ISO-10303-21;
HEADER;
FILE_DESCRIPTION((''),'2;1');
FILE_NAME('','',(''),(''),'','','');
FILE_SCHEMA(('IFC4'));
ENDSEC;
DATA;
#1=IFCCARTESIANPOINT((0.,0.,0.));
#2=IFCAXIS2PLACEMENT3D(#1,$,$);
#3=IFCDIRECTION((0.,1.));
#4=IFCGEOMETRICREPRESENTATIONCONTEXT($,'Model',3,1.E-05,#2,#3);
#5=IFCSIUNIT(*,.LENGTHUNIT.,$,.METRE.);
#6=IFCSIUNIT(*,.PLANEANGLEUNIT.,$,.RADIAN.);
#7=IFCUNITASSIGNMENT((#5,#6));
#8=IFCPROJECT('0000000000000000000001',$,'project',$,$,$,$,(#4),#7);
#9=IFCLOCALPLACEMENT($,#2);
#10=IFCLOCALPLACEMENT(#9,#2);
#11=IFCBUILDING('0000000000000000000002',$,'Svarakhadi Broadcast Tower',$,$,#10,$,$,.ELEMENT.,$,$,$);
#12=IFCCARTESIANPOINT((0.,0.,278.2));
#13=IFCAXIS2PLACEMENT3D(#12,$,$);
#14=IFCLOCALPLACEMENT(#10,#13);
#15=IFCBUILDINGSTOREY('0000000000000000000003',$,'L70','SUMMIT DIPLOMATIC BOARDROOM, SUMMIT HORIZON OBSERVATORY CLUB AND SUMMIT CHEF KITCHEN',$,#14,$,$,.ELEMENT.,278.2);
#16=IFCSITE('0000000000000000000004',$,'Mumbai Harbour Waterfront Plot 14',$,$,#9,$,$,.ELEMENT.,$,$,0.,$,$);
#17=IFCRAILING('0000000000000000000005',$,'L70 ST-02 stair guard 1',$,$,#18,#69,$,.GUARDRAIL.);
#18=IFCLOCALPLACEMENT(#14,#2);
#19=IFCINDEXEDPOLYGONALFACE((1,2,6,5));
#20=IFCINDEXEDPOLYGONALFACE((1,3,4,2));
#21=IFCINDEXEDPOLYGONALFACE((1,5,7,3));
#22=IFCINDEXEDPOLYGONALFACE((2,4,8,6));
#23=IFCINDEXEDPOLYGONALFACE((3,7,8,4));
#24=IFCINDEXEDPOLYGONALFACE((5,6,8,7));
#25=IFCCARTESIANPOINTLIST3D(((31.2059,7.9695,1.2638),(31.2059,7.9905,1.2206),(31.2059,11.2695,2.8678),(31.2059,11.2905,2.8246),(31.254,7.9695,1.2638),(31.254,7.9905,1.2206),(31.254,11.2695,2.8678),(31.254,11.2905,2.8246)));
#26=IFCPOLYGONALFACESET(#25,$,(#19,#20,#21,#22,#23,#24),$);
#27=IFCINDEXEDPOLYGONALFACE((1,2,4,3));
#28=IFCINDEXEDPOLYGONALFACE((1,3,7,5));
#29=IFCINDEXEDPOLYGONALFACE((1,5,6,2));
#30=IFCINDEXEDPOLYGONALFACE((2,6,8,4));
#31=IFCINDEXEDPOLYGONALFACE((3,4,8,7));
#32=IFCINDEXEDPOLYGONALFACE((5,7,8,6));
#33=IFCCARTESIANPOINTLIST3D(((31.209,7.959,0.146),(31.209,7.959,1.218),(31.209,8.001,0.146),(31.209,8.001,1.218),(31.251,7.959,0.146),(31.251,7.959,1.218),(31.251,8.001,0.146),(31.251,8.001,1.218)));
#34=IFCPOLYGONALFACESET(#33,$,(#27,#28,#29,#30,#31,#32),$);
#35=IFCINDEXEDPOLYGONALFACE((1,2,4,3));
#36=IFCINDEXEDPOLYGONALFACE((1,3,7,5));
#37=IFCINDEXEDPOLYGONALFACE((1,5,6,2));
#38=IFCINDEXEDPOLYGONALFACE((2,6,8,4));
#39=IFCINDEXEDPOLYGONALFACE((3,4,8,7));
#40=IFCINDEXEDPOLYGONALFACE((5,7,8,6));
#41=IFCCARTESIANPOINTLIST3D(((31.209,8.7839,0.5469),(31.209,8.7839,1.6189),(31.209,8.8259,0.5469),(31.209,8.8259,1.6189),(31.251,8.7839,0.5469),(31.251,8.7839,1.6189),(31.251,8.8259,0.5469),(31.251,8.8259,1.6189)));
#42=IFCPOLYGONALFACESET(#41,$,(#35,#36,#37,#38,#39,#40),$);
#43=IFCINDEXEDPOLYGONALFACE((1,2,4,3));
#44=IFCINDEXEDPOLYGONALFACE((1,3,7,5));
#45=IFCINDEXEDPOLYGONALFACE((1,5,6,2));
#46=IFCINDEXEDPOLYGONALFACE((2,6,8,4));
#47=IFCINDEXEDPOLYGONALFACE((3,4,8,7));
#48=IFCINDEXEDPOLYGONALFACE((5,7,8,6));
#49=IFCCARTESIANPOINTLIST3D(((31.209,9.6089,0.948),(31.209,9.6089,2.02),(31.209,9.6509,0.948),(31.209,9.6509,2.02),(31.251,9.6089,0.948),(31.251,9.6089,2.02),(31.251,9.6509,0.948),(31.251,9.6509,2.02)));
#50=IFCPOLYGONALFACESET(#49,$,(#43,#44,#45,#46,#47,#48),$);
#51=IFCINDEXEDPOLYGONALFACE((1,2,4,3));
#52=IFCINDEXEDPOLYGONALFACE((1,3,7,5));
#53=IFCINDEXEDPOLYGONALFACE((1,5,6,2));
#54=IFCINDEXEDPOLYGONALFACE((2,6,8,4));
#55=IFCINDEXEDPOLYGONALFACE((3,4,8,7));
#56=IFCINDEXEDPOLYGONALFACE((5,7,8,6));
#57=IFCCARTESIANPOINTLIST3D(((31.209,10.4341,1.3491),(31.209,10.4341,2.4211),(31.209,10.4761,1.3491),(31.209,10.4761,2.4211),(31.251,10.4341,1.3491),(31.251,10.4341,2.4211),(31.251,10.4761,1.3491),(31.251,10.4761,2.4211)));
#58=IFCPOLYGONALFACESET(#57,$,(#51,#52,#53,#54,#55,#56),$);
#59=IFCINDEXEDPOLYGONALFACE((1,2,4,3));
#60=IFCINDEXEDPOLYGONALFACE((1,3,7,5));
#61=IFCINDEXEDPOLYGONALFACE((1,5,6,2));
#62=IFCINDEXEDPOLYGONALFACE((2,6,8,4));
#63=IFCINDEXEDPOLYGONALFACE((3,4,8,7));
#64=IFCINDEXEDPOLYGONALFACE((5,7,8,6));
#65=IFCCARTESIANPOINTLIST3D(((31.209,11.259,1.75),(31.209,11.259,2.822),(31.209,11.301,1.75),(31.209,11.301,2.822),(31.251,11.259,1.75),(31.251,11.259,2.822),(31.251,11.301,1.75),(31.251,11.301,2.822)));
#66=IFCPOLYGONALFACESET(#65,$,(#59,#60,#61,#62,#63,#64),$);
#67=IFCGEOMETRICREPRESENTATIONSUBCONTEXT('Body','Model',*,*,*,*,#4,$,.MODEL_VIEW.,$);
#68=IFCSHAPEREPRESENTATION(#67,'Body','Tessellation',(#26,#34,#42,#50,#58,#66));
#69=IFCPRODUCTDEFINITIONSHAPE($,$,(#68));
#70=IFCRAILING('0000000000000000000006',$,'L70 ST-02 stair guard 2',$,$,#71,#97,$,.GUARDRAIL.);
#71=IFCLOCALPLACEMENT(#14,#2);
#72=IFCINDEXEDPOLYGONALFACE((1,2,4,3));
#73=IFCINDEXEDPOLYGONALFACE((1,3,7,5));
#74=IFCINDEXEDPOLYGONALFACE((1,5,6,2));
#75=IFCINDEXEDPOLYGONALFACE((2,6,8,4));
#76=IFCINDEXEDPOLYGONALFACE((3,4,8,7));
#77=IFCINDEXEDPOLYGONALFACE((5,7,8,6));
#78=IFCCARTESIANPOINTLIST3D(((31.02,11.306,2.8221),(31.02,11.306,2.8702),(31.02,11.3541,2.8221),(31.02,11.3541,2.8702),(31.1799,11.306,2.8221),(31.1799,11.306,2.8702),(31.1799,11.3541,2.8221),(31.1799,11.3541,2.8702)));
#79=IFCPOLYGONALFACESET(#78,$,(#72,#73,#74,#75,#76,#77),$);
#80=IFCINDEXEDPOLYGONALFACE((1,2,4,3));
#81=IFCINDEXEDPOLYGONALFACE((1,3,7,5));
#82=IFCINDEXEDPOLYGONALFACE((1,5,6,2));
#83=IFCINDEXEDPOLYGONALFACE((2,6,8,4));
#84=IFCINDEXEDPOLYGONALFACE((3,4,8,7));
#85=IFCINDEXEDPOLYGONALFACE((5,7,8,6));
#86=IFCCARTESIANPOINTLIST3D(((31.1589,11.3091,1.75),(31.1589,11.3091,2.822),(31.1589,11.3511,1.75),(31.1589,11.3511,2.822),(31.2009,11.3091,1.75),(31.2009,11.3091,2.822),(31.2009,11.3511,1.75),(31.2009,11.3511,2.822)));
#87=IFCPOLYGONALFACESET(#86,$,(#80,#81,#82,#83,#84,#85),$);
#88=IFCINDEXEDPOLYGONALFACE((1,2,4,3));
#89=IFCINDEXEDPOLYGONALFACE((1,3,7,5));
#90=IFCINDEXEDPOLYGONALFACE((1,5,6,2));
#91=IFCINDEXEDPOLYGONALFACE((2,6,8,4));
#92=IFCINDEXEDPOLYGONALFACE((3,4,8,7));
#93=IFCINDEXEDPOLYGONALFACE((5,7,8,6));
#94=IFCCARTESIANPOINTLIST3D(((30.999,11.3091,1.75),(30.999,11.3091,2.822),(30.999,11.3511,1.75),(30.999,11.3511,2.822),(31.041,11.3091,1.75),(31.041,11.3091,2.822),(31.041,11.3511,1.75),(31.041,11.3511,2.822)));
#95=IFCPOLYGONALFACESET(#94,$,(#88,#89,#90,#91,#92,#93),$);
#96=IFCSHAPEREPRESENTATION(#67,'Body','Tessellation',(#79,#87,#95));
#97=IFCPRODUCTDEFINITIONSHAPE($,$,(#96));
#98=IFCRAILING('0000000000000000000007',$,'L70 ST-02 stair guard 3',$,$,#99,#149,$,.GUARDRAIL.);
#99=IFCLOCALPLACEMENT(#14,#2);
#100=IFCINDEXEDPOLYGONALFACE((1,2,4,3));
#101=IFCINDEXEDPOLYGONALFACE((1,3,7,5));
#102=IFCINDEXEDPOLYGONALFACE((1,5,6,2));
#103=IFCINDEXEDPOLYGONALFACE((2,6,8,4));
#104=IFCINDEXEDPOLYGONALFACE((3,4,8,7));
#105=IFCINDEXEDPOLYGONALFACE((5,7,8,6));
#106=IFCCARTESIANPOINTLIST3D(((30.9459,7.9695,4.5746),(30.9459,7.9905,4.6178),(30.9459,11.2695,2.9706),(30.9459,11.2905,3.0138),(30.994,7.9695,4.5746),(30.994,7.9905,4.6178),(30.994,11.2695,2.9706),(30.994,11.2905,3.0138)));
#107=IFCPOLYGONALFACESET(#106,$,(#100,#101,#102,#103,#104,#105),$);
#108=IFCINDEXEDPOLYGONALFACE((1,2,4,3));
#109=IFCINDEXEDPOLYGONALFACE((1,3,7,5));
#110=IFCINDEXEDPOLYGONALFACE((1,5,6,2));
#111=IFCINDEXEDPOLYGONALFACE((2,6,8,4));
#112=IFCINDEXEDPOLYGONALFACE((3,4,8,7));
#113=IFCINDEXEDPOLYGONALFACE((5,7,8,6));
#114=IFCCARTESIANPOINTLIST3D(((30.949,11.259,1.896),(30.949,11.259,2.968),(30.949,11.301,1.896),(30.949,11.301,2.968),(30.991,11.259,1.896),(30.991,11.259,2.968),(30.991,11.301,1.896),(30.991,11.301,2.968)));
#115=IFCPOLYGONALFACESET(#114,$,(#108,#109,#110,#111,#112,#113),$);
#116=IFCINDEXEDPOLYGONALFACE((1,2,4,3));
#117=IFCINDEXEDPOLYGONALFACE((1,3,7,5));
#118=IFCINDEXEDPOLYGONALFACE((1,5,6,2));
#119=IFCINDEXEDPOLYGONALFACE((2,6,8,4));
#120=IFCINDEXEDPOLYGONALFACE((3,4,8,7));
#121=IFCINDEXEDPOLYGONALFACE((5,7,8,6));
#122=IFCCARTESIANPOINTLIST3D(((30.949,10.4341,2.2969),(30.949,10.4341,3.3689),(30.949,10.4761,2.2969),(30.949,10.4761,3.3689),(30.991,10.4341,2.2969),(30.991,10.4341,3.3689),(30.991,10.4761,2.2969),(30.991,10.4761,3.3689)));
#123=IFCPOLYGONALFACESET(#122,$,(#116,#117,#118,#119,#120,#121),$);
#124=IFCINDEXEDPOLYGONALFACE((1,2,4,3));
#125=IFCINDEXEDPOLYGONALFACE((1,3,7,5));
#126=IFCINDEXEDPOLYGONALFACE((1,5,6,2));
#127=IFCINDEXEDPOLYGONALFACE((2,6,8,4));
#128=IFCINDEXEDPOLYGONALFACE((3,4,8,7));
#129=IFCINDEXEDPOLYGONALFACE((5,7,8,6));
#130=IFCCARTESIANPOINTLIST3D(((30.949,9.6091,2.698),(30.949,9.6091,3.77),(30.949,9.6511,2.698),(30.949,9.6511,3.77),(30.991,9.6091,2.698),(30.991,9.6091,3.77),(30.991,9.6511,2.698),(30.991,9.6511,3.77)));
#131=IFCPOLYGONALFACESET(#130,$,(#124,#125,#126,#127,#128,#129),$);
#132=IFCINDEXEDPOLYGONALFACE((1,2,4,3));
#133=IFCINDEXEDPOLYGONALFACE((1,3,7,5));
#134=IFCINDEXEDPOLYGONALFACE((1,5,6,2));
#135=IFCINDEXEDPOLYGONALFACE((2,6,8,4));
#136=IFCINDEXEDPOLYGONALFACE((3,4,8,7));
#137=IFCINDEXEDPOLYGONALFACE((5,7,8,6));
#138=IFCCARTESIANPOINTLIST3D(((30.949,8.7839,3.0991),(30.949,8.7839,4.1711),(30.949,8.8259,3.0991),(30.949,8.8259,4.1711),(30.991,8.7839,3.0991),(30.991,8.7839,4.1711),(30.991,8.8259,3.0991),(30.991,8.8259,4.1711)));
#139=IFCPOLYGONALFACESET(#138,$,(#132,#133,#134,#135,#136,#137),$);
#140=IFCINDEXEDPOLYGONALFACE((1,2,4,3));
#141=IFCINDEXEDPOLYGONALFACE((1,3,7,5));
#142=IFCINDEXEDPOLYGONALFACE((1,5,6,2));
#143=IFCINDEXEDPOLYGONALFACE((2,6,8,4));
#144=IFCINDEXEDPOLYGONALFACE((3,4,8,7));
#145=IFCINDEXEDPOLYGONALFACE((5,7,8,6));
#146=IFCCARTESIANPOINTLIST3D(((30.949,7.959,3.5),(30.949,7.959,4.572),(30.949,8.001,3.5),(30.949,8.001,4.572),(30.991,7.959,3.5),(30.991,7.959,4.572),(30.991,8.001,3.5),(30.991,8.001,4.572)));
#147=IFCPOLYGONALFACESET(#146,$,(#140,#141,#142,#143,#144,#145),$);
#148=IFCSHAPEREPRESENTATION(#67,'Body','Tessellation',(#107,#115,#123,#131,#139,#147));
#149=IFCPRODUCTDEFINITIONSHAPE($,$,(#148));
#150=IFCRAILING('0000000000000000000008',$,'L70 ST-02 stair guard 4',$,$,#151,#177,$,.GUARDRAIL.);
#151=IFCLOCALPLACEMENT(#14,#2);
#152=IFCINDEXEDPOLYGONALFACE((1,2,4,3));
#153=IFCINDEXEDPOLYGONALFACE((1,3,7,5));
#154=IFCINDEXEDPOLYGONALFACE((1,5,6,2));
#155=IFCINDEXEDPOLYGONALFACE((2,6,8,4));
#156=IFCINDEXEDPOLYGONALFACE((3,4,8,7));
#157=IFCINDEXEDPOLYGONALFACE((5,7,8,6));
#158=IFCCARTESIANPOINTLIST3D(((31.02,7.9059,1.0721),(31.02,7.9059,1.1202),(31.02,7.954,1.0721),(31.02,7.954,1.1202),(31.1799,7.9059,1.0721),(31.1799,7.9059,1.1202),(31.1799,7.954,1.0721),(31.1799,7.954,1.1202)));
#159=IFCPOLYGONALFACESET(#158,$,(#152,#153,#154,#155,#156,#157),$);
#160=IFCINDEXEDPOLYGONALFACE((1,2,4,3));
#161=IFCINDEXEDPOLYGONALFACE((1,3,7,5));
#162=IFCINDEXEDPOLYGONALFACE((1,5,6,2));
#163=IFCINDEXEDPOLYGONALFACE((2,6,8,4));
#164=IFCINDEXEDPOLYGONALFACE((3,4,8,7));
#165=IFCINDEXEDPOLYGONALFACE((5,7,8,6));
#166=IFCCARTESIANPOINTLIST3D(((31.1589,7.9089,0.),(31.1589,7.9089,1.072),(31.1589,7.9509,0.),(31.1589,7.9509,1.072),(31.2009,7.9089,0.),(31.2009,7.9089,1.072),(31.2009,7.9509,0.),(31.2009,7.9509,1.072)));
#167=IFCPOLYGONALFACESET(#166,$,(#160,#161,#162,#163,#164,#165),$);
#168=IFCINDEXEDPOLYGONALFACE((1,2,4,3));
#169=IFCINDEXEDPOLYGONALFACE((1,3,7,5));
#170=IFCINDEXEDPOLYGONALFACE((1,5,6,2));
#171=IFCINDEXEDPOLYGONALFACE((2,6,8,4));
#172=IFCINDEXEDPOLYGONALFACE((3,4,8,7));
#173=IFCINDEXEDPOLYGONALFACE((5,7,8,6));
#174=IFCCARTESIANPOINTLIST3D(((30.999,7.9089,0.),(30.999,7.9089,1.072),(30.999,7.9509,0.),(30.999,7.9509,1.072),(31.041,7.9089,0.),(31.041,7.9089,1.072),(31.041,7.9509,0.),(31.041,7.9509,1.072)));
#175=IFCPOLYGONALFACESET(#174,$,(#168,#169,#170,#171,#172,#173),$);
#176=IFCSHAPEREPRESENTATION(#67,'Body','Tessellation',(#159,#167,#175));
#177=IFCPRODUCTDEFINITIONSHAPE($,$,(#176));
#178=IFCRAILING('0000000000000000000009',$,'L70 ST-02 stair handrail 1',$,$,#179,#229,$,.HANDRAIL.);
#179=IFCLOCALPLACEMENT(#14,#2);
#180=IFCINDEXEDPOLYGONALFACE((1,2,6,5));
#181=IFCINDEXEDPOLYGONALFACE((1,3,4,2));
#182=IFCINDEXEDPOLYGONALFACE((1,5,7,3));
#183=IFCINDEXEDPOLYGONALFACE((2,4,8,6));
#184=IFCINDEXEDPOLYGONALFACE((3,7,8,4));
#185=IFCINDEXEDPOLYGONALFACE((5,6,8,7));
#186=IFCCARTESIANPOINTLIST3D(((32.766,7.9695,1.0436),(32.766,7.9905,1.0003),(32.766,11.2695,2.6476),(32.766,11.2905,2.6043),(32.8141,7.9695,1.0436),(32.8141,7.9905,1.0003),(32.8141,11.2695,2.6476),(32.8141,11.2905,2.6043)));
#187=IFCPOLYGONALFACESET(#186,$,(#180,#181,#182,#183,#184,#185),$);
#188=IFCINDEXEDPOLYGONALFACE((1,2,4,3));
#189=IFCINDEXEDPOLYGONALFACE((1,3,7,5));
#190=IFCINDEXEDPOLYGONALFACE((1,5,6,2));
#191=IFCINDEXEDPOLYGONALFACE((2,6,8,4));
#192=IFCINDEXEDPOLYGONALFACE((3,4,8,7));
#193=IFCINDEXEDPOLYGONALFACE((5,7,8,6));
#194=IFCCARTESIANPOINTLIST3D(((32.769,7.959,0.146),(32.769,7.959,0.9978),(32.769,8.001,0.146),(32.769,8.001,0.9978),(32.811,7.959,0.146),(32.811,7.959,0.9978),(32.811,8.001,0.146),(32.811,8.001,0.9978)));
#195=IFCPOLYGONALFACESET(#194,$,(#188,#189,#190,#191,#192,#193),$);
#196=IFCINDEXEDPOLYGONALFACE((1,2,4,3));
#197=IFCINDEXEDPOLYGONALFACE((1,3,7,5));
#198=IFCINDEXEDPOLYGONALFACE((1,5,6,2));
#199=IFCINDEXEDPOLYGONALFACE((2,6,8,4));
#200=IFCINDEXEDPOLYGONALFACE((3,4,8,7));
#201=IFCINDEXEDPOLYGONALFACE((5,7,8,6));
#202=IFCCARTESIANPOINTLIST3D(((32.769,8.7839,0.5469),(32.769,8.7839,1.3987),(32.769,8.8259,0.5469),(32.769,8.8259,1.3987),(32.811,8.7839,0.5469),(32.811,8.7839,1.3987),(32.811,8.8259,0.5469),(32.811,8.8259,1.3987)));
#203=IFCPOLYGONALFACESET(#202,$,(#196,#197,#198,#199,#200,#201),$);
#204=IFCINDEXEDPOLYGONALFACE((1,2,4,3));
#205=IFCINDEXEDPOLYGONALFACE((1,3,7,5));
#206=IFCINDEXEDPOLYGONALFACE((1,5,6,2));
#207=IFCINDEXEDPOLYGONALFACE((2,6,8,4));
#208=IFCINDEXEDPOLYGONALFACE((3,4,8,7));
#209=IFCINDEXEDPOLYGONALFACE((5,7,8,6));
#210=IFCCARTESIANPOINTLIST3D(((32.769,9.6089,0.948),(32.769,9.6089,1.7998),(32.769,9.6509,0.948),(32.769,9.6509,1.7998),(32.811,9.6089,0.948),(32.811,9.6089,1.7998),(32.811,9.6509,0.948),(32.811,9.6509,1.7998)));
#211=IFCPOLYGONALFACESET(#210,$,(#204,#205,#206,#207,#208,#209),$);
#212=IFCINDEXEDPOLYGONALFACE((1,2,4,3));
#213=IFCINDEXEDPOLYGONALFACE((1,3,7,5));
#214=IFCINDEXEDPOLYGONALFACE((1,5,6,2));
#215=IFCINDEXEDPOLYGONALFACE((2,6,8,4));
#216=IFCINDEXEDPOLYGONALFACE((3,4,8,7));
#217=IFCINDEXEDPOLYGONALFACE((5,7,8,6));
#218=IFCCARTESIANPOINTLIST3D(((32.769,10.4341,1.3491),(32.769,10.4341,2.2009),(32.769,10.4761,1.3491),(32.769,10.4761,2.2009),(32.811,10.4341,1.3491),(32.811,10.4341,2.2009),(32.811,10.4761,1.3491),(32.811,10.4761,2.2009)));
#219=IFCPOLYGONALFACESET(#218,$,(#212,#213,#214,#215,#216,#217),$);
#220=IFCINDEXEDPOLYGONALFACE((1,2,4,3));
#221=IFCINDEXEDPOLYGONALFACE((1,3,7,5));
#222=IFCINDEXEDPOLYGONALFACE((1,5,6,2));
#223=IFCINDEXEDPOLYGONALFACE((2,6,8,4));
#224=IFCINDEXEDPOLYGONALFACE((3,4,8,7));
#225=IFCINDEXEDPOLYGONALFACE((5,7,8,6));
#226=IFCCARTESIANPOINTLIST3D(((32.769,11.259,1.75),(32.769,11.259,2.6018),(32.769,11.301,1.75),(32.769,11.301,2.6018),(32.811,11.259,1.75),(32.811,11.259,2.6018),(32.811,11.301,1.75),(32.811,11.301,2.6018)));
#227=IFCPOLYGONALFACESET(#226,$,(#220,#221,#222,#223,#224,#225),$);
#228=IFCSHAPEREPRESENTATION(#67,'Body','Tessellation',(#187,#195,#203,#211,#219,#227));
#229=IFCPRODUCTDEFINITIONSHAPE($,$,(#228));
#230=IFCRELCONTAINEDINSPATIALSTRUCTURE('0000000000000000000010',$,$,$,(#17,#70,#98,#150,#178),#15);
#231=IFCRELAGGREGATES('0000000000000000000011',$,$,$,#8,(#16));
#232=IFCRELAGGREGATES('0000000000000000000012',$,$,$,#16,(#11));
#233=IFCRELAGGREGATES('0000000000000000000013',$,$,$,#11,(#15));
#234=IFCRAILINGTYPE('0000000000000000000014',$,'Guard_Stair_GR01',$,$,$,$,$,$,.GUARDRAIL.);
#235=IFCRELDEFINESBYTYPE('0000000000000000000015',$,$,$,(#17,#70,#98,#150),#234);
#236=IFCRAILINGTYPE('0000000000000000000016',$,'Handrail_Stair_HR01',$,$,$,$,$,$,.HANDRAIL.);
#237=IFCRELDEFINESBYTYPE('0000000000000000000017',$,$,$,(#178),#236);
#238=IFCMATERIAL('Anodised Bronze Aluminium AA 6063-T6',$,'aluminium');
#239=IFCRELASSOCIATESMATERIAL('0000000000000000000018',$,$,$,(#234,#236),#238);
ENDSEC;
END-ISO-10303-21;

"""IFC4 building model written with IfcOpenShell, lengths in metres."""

from ifc_helpers import new_model, si_unit, direction, frame, origin, origin_2d, place, context, subcontext, project, spatial, rectangle, extrude, material, type_object, element, save


model = new_model("IFC4")

# Units and contexts
model_context = context("Model", 3, precision=1e-05, world=origin(), true_north=direction((0.0, 1.0)))
body_context = subcontext(model_context, "Body", "Model", "MODEL_VIEW")
ifc_project = project(units=[si_unit("LENGTHUNIT", "METRE"), si_unit("PLANEANGLEUNIT", "RADIAN")], contexts=[model_context])

# Site, building, storey
site_placement = place(None, origin())
site = spatial("IfcSite", under=ifc_project, at=site_placement, Name="Mumbai Harbour Waterfront Plot 14", CompositionType="ELEMENT", RefElevation=0.0)
building_placement = place(site_placement, origin())
building = spatial("IfcBuilding", under=site, at=building_placement, Name="Svarakhadi Broadcast Tower", CompositionType="ELEMENT")
storey_placement = place(building_placement, frame((0.0, 0.0, 278.2)))
storey = spatial("IfcBuildingStorey", under=building, at=storey_placement, Name="L70", Description="SUMMIT DIPLOMATIC BOARDROOM, SUMMIT HORIZON OBSERVATORY CLUB AND SUMMIT CHEF KITCHEN", CompositionType="ELEMENT", Elevation=278.2)

# Shared definitions
ifc_material_1 = material(Name="Anodised Bronze Aluminium AA 6063-T6", Category="aluminium")

# Railings
railing_type_1 = type_object("IfcRailingType", Name="Guard_Stair_GR01", PredefinedType="GUARDRAIL", material=ifc_material_1)
railing_1_placement = place(storey_placement, frame((31.23, 7.98, 0.146)))
element("IfcRailing", 1, at=railing_1_placement, inside=storey, type_object=railing_type_1, Name="L70 ST-02 stair guard 1", PredefinedType="GUARDRAIL", context=body_context, shape_type="SweptSolid", body=[
    extrude(rectangle(XDim=0.0481, YDim=0.0481, at=origin_2d()), frame((0.0, 0.0, 1.0962), z_axis=(0.0, 0.899388, 0.437152), x_axis=(-1.0, 0.0, 0.0)), (0.0, 0.0, 1.0), 3.6692),
    extrude(rectangle(XDim=0.042, YDim=0.042, at=origin_2d()), origin(), (0.0, 0.0, 1.0), 1.072),
    extrude(rectangle(XDim=0.042, YDim=0.042, at=origin_2d()), frame((0.0, 0.825, 0.4009)), (0.0, 0.0, 1.0), 1.072),
    extrude(rectangle(XDim=0.042, YDim=0.042, at=origin_2d()), frame((0.0, 1.6499, 0.802)), (0.0, 0.0, 1.0), 1.072),
    extrude(rectangle(XDim=0.042, YDim=0.042, at=origin_2d()), frame((0.0, 2.4751, 1.2031)), (0.0, 0.0, 1.0), 1.072),
    extrude(rectangle(XDim=0.042, YDim=0.042, at=origin_2d()), frame((0.0, 3.3, 1.604)), (0.0, 0.0, 1.0), 1.072),
])
railing_2_placement = place(storey_placement, frame((31.1799, 11.3301, 1.75)))
element("IfcRailing", 2, at=railing_2_placement, inside=storey, type_object=railing_type_1, Name="L70 ST-02 stair guard 2", PredefinedType="GUARDRAIL", context=body_context, shape_type="SweptSolid", body=[
    extrude(rectangle(XDim=0.0481, YDim=0.0481, at=origin_2d()), frame((0.0, 0.0, 1.0962), z_axis=(-1.0, 0.0, 0.0), x_axis=(0.0, -1.0, 0.0)), (0.0, 0.0, 1.0), 0.1599),
    extrude(rectangle(XDim=0.042, YDim=0.042, at=origin_2d()), origin(), (0.0, 0.0, 1.0), 1.072),
    extrude(rectangle(XDim=0.042, YDim=0.042, at=origin_2d()), frame((-0.1599, 0.0, 0.0)), (0.0, 0.0, 1.0), 1.072),
])
railing_3_placement = place(storey_placement, frame((30.97, 11.28, 1.896)))
element("IfcRailing", 3, at=railing_3_placement, inside=storey, type_object=railing_type_1, Name="L70 ST-02 stair guard 3", PredefinedType="GUARDRAIL", context=body_context, shape_type="SweptSolid", body=[
    extrude(rectangle(XDim=0.0481, YDim=0.0481, at=origin_2d()), frame((0.0, 0.0, 1.0962), z_axis=(0.0, -0.899388, 0.437152), x_axis=(1.0, 0.0, 0.0)), (0.0, 0.0, 1.0), 3.6692),
    extrude(rectangle(XDim=0.042, YDim=0.042, at=origin_2d()), origin(), (0.0, 0.0, 1.0), 1.072),
    extrude(rectangle(XDim=0.042, YDim=0.042, at=origin_2d()), frame((0.0, -0.825, 0.4009)), (0.0, 0.0, 1.0), 1.072),
    extrude(rectangle(XDim=0.042, YDim=0.042, at=origin_2d()), frame((0.0, -1.6499, 0.802)), (0.0, 0.0, 1.0), 1.072),
    extrude(rectangle(XDim=0.042, YDim=0.042, at=origin_2d()), frame((0.0, -2.4751, 1.2031)), (0.0, 0.0, 1.0), 1.072),
    extrude(rectangle(XDim=0.042, YDim=0.042, at=origin_2d()), frame((0.0, -3.3, 1.604)), (0.0, 0.0, 1.0), 1.072),
])
railing_4_placement = place(storey_placement, frame((31.1799, 7.9299, 0.0)))
element("IfcRailing", 4, at=railing_4_placement, inside=storey, type_object=railing_type_1, Name="L70 ST-02 stair guard 4", PredefinedType="GUARDRAIL", context=body_context, shape_type="SweptSolid", body=[
    extrude(rectangle(XDim=0.0481, YDim=0.0481, at=origin_2d()), frame((0.0, 0.0, 1.0962), z_axis=(-1.0, 0.0, 0.0), x_axis=(0.0, -1.0, 0.0)), (0.0, 0.0, 1.0), 0.1599),
    extrude(rectangle(XDim=0.042, YDim=0.042, at=origin_2d()), origin(), (0.0, 0.0, 1.0), 1.072),
    extrude(rectangle(XDim=0.042, YDim=0.042, at=origin_2d()), frame((-0.1599, 0.0, 0.0)), (0.0, 0.0, 1.0), 1.072),
])
railing_type_2 = type_object("IfcRailingType", Name="Handrail_Stair_HR01", PredefinedType="HANDRAIL", material=ifc_material_1)
railing_5_placement = place(storey_placement, frame((32.79, 7.98, 0.146)))
element("IfcRailing", 5, at=railing_5_placement, inside=storey, type_object=railing_type_2, Name="L70 ST-02 stair handrail 1", PredefinedType="HANDRAIL", context=body_context, shape_type="SweptSolid", body=[
    extrude(rectangle(XDim=0.0481, YDim=0.0481, at=origin_2d()), frame((0.0, 0.0, 0.876), z_axis=(0.0, 0.899388, 0.437152), x_axis=(-1.0, 0.0, 0.0)), (0.0, 0.0, 1.0), 3.6692),
    extrude(rectangle(XDim=0.042, YDim=0.042, at=origin_2d()), origin(), (0.0, 0.0, 1.0), 0.8518),
    extrude(rectangle(XDim=0.042, YDim=0.042, at=origin_2d()), frame((0.0, 0.825, 0.4009)), (0.0, 0.0, 1.0), 0.8518),
    extrude(rectangle(XDim=0.042, YDim=0.042, at=origin_2d()), frame((0.0, 1.6499, 0.802)), (0.0, 0.0, 1.0), 0.8518),
    extrude(rectangle(XDim=0.042, YDim=0.042, at=origin_2d()), frame((0.0, 2.4751, 1.2031)), (0.0, 0.0, 1.0), 0.8518),
    extrude(rectangle(XDim=0.042, YDim=0.042, at=origin_2d()), frame((0.0, 3.3, 1.604)), (0.0, 0.0, 1.0), 0.8518),
])

save(model, "model.ifc")
